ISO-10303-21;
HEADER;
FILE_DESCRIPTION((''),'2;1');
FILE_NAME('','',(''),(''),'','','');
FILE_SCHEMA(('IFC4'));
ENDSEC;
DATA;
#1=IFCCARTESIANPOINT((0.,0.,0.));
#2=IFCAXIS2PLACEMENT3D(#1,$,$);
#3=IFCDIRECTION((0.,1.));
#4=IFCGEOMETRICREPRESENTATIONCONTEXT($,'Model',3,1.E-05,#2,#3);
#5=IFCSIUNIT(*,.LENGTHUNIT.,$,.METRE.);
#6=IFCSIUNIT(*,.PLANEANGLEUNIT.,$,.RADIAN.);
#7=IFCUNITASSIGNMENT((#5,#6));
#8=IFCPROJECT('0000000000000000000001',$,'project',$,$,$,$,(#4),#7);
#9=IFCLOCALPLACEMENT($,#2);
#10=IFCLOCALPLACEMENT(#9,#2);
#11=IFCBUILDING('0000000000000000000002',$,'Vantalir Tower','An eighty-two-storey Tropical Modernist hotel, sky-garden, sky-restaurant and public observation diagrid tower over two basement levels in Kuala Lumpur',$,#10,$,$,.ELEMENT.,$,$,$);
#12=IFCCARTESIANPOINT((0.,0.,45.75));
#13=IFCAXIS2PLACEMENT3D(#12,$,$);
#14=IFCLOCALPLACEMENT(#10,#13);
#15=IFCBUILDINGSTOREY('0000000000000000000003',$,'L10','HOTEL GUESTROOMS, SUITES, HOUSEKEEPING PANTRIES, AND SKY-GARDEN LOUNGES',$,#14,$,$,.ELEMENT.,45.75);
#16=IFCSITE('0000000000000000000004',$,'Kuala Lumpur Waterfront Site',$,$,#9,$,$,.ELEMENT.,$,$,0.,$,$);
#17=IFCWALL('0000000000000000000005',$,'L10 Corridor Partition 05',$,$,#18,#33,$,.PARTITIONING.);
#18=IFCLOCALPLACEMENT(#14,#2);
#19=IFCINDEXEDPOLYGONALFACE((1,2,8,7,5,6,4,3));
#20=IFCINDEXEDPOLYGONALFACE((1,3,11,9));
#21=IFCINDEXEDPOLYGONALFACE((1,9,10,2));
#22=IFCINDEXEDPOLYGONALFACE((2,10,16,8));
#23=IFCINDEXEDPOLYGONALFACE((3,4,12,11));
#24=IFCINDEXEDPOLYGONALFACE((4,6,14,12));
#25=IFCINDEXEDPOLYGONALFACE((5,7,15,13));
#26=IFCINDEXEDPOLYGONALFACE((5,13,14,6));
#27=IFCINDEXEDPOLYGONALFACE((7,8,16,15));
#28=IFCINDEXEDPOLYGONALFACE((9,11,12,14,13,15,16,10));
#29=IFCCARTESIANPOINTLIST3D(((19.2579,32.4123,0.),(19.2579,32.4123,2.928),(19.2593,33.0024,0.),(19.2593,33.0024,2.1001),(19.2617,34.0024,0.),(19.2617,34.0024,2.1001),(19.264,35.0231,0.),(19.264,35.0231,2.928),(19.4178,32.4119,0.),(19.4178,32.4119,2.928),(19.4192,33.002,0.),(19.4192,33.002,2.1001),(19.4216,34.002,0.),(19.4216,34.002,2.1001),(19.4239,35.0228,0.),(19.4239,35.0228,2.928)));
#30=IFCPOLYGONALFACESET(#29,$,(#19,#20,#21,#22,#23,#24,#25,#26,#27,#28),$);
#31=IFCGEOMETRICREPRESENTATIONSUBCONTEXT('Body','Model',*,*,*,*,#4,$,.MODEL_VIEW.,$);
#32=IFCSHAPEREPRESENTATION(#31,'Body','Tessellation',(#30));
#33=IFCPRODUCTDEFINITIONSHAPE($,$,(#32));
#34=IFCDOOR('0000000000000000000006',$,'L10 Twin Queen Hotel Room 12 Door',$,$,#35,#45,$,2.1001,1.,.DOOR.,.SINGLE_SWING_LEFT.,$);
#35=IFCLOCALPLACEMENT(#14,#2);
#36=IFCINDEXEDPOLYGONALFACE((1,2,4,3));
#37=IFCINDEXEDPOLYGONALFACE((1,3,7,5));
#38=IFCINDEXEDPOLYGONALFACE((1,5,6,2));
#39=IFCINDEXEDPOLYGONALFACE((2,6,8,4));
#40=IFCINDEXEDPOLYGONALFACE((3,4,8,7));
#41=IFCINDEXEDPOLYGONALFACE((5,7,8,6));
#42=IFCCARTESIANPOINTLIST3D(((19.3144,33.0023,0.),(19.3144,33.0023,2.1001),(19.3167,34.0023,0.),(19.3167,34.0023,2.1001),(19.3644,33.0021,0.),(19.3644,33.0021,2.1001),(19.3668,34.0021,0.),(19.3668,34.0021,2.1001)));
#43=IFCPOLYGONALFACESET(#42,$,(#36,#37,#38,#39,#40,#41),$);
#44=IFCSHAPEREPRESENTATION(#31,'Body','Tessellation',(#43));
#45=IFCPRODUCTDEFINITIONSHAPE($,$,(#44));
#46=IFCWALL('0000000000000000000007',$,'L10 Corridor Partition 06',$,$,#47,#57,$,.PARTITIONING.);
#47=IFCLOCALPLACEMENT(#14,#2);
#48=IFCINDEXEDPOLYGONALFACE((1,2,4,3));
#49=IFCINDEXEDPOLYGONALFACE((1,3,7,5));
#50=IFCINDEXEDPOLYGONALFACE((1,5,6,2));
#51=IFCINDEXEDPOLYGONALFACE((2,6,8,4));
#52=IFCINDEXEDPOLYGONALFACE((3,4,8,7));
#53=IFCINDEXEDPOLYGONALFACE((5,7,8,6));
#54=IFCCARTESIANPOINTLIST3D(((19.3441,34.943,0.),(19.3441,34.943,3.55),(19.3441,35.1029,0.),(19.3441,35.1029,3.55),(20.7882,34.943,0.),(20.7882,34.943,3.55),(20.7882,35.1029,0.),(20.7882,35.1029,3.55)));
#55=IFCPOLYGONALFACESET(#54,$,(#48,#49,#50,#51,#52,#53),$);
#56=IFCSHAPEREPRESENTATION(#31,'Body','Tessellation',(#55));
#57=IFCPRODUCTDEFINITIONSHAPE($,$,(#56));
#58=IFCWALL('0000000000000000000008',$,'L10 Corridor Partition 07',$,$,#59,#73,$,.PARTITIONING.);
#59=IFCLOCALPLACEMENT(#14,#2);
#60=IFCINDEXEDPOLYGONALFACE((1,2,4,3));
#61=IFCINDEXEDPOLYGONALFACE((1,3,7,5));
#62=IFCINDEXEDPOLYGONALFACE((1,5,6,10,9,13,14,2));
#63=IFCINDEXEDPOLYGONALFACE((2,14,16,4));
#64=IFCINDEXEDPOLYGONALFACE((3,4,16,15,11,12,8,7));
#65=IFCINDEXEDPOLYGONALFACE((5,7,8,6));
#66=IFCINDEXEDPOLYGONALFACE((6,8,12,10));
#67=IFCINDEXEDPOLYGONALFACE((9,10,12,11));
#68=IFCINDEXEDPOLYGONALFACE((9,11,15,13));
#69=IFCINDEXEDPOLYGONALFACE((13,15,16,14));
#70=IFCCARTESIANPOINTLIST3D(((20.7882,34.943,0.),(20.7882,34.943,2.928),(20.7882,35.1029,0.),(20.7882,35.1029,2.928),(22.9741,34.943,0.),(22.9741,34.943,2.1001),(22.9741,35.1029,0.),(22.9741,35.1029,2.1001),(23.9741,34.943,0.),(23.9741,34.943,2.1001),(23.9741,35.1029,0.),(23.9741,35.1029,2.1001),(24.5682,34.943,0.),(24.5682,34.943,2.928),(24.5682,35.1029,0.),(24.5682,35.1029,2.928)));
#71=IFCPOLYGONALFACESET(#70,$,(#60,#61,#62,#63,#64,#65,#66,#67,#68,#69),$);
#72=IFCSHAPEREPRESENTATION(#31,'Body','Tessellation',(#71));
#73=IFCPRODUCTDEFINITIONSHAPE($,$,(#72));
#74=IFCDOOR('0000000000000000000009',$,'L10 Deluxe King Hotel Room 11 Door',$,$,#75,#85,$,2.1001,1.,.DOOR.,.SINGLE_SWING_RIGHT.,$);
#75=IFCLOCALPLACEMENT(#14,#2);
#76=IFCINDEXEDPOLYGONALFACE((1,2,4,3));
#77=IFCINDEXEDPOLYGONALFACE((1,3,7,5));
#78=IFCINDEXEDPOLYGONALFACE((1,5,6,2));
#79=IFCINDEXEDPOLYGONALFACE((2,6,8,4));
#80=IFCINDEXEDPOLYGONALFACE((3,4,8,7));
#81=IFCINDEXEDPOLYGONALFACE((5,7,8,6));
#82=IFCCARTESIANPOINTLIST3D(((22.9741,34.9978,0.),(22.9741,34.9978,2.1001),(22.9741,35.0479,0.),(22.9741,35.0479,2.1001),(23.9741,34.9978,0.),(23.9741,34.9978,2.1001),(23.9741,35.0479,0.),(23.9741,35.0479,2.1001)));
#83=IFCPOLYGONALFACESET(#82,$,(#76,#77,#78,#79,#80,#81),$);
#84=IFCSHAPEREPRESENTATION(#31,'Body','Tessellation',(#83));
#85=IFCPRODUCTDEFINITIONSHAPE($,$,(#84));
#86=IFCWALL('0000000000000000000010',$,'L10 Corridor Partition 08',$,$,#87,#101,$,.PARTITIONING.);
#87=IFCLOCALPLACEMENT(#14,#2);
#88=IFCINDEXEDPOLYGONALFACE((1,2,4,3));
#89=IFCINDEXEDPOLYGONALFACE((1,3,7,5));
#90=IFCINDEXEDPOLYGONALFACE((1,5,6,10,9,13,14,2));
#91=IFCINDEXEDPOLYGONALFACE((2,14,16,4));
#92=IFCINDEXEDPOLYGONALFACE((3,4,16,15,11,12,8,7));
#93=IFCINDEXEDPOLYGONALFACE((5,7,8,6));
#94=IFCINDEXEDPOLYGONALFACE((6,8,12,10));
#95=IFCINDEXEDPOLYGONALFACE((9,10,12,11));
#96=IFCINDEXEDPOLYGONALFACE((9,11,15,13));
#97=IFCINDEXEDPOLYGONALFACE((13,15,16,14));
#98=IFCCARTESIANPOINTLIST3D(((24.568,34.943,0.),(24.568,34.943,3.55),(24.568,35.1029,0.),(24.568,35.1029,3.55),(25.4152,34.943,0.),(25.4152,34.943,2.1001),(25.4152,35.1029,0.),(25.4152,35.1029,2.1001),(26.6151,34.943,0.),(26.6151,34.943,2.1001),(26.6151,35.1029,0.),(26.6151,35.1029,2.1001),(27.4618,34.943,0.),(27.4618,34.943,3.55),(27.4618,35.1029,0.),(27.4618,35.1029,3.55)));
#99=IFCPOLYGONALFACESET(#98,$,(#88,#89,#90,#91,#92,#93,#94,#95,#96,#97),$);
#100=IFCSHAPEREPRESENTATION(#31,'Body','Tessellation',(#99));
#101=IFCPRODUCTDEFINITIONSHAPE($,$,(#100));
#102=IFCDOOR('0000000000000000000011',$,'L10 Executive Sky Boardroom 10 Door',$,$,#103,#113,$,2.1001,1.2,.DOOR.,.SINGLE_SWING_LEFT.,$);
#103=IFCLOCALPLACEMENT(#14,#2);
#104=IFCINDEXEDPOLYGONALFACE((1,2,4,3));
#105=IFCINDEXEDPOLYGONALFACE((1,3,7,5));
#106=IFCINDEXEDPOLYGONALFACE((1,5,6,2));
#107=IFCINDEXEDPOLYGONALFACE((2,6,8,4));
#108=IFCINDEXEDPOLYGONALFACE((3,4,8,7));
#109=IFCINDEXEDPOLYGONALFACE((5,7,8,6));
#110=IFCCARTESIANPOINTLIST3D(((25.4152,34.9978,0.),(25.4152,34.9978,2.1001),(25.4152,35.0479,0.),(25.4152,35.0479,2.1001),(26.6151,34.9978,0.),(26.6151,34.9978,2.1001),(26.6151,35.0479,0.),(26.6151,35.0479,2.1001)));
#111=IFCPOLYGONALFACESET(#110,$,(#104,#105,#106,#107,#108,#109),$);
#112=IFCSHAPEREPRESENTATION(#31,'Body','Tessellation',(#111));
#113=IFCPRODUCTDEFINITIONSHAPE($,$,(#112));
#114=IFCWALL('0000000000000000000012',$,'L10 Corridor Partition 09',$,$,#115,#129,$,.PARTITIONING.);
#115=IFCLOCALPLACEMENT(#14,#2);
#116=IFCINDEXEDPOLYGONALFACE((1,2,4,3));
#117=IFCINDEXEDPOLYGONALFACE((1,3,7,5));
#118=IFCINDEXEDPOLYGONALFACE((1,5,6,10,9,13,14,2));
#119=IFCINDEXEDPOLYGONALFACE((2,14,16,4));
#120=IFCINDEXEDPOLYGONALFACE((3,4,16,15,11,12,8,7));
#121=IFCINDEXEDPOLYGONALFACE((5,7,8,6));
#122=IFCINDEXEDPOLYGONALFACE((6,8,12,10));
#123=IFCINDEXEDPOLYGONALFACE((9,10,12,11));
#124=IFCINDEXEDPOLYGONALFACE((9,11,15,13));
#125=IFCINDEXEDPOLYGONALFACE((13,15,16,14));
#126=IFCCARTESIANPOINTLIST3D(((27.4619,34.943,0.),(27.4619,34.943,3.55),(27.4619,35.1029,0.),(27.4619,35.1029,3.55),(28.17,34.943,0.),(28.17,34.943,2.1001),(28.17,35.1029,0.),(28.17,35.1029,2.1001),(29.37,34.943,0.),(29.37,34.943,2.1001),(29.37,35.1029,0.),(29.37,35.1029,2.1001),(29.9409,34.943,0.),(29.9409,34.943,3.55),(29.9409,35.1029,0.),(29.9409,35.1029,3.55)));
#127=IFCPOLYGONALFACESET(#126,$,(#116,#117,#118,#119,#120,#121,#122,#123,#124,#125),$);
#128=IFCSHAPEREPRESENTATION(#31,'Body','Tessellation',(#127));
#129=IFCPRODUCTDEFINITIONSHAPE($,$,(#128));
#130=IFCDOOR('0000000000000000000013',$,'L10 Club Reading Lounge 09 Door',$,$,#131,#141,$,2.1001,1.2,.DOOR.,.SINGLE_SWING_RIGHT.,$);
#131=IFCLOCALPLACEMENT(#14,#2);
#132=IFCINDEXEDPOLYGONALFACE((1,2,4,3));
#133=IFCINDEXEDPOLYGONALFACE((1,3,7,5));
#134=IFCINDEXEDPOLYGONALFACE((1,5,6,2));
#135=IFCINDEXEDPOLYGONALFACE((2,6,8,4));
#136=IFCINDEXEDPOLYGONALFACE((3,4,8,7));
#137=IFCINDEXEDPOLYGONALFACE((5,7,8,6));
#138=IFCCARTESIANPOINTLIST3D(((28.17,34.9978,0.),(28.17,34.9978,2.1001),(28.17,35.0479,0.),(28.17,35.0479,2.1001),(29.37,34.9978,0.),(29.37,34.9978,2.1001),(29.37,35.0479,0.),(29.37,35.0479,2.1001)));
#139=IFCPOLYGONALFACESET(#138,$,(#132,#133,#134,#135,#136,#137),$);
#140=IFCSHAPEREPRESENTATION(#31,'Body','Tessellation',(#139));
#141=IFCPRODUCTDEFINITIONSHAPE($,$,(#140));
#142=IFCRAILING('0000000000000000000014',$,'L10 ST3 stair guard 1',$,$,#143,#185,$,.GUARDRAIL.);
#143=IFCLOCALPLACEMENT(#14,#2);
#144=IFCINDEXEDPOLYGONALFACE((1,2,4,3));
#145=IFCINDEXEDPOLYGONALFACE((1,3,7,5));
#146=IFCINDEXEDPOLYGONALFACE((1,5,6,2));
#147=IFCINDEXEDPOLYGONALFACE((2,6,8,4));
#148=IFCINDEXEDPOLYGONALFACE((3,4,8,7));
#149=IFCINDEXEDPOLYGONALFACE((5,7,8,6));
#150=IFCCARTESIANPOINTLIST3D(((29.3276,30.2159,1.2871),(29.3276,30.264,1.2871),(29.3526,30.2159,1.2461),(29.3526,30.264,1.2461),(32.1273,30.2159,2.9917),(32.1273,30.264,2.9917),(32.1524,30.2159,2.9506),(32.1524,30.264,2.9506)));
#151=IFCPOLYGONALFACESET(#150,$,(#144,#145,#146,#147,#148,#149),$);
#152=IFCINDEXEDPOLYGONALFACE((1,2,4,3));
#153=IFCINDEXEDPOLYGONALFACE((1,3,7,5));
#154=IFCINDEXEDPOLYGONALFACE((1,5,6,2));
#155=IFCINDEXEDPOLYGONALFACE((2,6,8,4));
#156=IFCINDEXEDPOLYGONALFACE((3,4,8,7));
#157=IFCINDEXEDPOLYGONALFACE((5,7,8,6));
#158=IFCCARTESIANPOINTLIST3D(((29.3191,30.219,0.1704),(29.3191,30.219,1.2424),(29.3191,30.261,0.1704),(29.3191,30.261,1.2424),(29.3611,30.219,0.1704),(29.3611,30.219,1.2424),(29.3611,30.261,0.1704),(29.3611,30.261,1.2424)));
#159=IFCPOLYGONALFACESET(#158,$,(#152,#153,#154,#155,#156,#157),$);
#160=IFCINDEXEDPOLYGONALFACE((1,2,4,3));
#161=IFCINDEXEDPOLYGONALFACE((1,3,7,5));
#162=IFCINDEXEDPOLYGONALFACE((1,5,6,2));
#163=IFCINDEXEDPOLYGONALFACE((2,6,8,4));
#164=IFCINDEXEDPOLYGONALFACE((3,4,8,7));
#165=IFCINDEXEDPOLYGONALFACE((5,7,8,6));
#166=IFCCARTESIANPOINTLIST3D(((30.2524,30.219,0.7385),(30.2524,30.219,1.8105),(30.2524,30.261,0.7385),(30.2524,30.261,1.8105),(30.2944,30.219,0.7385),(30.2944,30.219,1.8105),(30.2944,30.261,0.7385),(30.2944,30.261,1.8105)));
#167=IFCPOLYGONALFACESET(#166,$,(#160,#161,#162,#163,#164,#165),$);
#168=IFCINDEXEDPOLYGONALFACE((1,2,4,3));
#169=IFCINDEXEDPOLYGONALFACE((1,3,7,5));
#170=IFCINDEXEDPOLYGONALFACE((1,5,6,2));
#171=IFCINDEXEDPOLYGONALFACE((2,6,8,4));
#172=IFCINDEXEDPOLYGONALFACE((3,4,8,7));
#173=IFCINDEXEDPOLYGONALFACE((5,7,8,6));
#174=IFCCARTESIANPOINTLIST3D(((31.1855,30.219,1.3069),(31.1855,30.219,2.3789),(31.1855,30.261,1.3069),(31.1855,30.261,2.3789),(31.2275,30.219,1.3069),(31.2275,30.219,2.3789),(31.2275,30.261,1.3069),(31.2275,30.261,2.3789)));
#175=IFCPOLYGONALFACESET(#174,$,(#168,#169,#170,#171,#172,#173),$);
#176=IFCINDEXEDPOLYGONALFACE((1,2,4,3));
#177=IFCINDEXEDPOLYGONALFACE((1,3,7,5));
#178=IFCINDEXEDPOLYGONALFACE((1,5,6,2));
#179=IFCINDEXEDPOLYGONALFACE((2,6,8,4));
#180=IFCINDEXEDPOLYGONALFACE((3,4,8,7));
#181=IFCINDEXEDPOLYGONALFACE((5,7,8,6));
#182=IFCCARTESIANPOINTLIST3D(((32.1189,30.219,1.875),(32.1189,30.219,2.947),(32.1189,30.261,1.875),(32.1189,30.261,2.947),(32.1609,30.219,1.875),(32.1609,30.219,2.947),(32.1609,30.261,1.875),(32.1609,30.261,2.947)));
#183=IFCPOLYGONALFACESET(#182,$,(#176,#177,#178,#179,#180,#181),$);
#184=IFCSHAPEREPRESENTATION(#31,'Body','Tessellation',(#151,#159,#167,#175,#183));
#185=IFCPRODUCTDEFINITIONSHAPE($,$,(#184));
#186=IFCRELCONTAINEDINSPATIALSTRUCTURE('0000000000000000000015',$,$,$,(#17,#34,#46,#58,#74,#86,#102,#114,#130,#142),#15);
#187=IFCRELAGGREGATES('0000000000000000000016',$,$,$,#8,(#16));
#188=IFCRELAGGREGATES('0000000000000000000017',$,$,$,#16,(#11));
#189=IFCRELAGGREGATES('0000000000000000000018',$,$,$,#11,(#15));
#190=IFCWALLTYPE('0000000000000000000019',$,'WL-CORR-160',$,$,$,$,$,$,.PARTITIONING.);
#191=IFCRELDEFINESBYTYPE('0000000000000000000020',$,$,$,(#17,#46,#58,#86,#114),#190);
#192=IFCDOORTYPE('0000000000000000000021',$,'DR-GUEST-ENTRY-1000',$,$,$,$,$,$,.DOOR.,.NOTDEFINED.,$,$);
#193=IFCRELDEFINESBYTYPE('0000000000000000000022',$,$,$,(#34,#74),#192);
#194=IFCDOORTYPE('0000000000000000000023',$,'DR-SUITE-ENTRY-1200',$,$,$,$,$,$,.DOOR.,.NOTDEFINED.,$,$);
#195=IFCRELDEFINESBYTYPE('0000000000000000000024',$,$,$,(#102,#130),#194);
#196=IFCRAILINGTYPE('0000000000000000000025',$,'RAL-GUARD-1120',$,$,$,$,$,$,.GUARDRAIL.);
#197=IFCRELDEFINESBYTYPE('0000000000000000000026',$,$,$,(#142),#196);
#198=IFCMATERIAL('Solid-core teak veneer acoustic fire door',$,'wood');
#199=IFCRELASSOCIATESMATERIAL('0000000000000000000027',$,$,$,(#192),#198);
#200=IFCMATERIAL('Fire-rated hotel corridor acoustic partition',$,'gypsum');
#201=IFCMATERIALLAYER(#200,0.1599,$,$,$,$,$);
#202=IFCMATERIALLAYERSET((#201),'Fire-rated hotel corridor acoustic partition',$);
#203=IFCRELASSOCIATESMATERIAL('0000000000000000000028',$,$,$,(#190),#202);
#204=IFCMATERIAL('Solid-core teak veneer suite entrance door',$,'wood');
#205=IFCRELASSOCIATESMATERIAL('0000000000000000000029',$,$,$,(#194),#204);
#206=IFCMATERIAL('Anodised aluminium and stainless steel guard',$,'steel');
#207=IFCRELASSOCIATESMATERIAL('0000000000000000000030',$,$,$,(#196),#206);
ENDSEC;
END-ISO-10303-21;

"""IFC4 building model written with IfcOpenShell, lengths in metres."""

from ifc_helpers import new_model, si_unit, direction, frame, frame_2d, origin, origin_2d, place, context, subcontext, project, spatial, rectangle, extrude, material, layer, layer_set, type_object, element, fill, save


model = new_model("IFC4")

# Units and contexts
model_context = context("Model", 3, precision=1e-05, world=origin(), true_north=direction((0.0, 1.0)))
body_context = subcontext(model_context, "Body", "Model", "MODEL_VIEW")
ifc_project = project(units=[si_unit("LENGTHUNIT", "METRE"), si_unit("PLANEANGLEUNIT", "RADIAN")], contexts=[model_context])

# Site, building, storey
site_placement = place(None, origin())
site = spatial("IfcSite", under=ifc_project, at=site_placement, Name="Kuala Lumpur Waterfront Site", CompositionType="ELEMENT", RefElevation=0.0)
building_placement = place(site_placement, origin())
building = spatial("IfcBuilding", under=site, at=building_placement, Name="Vantalir Tower", Description="An eighty-two-storey Tropical Modernist hotel, sky-garden, sky-restaurant and public observation diagrid tower over two basement levels in Kuala Lumpur", CompositionType="ELEMENT")
storey_placement = place(building_placement, frame((0.0, 0.0, 45.75)))
storey = spatial("IfcBuildingStorey", under=building, at=storey_placement, Name="L10", Description="HOTEL GUESTROOMS, SUITES, HOUSEKEEPING PANTRIES, AND SKY-GARDEN LOUNGES", CompositionType="ELEMENT", Elevation=45.75)

# Shared definitions
ifc_material_1 = material(Name="Solid-core teak veneer acoustic fire door", Category="wood")
door_type_1 = type_object("IfcDoorType", Name="DR-GUEST-ENTRY-1000", OperationType="NOTDEFINED", PredefinedType="DOOR", material=ifc_material_1)

# Wall, opening, door
ifc_material_2 = material(Name="Fire-rated hotel corridor acoustic partition", Category="gypsum")
ifc_layer_1 = layer(ifc_material_2, 0.1599)
ifc_layer_set_1 = layer_set([ifc_layer_1], Name="Fire-rated hotel corridor acoustic partition")
wall_type_1 = type_object("IfcWallType", Name="WL-CORR-160", PredefinedType="PARTITIONING", material=ifc_layer_set_1)
wall_1_placement = place(storey_placement, frame((19.3379, 32.4121, 0.0), z_axis=(0.0, 0.0, 1.0), x_axis=(0.002338, 0.999997, 0.0)))
wall_1 = element("IfcWall", 1, at=wall_1_placement, inside=storey, type_object=wall_type_1, Name="L10 Corridor Partition 05", PredefinedType="PARTITIONING", context=body_context, shape_type="SweptSolid", body=[
    extrude(rectangle(XDim=2.6108, YDim=0.1599, at=frame_2d((1.3054, 0.0))), origin(), (0.0, 0.0, 1.0), 2.928),
])
opening_1_placement = place(wall_1_placement, frame((0.5901, 0.0, 0.0)))
opening_1 = element("IfcOpeningElement", 2, at=opening_1_placement, cuts=wall_1, PredefinedType="OPENING", context=body_context, shape_type="SweptSolid", body=[
    extrude(rectangle(XDim=1.0, YDim=2.1001, at=frame_2d((0.5, 1.05))), frame((0.0, 0.0898, 0.0), z_axis=(0.0, -1.0, 0.0), x_axis=(1.0, 0.0, 0.0)), (0.0, 0.0, 1.0), 0.1799),
])
door_1_placement = place(opening_1_placement, origin())
door_1 = element("IfcDoor", 3, at=door_1_placement, inside=storey, type_object=door_type_1, Name="L10 Twin Queen Hotel Room 12 Door", OperationType="SINGLE_SWING_LEFT", OverallHeight=2.1001, OverallWidth=1.0, PredefinedType="DOOR", context=body_context, shape_type="SweptSolid", body=[
    extrude(rectangle(XDim=1.0, YDim=2.1001, at=frame_2d((0.5, 1.05))), frame((0.0, 0.0249, 0.0), z_axis=(0.0, -1.0, 0.0), x_axis=(1.0, 0.0, 0.0)), (0.0, 0.0, 1.0), 0.05),
])
fill(opening_1, door_1)

# Wall
wall_2_placement = place(storey_placement, frame((19.344, 35.0229, 0.0), z_axis=(0.0, 0.0, 1.0), x_axis=(1.0, 0.0, 0.0)))
element("IfcWall", 4, at=wall_2_placement, inside=storey, type_object=wall_type_1, Name="L10 Corridor Partition 06", PredefinedType="PARTITIONING", context=body_context, shape_type="SweptSolid", body=[
    extrude(rectangle(XDim=1.4441, YDim=0.1599, at=frame_2d((0.7222, 0.0))), origin(), (0.0, 0.0, 1.0), 3.55),
])

# Walls, openings, doors
wall_3_placement = place(storey_placement, frame((20.7881, 35.0229, 0.0), z_axis=(0.0, 0.0, 1.0), x_axis=(1.0, 0.0, 0.0)))
wall_3 = element("IfcWall", 5, at=wall_3_placement, inside=storey, type_object=wall_type_1, Name="L10 Corridor Partition 07", PredefinedType="PARTITIONING", context=body_context, shape_type="SweptSolid", body=[
    extrude(rectangle(XDim=3.78, YDim=0.1599, at=frame_2d((1.8901, 0.0))), origin(), (0.0, 0.0, 1.0), 2.928),
])
opening_2_placement = place(wall_3_placement, frame((2.186, 0.0, 0.0)))
opening_2 = element("IfcOpeningElement", 6, at=opening_2_placement, cuts=wall_3, PredefinedType="OPENING", context=body_context, shape_type="SweptSolid", body=[
    extrude(rectangle(XDim=1.0, YDim=2.1001, at=frame_2d((0.5, 1.05))), frame((0.0, 0.0898, 0.0), z_axis=(0.0, -1.0, 0.0), x_axis=(1.0, 0.0, 0.0)), (0.0, 0.0, 1.0), 0.1799),
])
door_2_placement = place(opening_2_placement, origin())
door_2 = element("IfcDoor", 7, at=door_2_placement, inside=storey, type_object=door_type_1, Name="L10 Deluxe King Hotel Room 11 Door", OperationType="SINGLE_SWING_RIGHT", OverallHeight=2.1001, OverallWidth=1.0, PredefinedType="DOOR", context=body_context, shape_type="SweptSolid", body=[
    extrude(rectangle(XDim=1.0, YDim=2.1001, at=frame_2d((0.5, 1.05))), frame((0.0, 0.0249, 0.0), z_axis=(0.0, -1.0, 0.0), x_axis=(1.0, 0.0, 0.0)), (0.0, 0.0, 1.0), 0.05),
])
fill(opening_2, door_2)
wall_4_placement = place(storey_placement, frame((24.5681, 35.0229, 0.0), z_axis=(0.0, 0.0, 1.0), x_axis=(1.0, 0.0, 0.0)))
wall_4 = element("IfcWall", 8, at=wall_4_placement, inside=storey, type_object=wall_type_1, Name="L10 Corridor Partition 08", PredefinedType="PARTITIONING", context=body_context, shape_type="SweptSolid", body=[
    extrude(rectangle(XDim=2.8938, YDim=0.1599, at=frame_2d((1.4468, 0.0))), origin(), (0.0, 0.0, 1.0), 3.55),
])
opening_3_placement = place(wall_4_placement, frame((0.8469, 0.0, 0.0)))
opening_3 = element("IfcOpeningElement", 9, at=opening_3_placement, cuts=wall_4, PredefinedType="OPENING", context=body_context, shape_type="SweptSolid", body=[
    extrude(rectangle(XDim=1.2, YDim=2.1001, at=frame_2d((0.6001, 1.05))), frame((0.0, 0.0898, 0.0), z_axis=(0.0, -1.0, 0.0), x_axis=(1.0, 0.0, 0.0)), (0.0, 0.0, 1.0), 0.1799),
])
ifc_material_3 = material(Name="Solid-core teak veneer suite entrance door", Category="wood")
door_type_2 = type_object("IfcDoorType", Name="DR-SUITE-ENTRY-1200", OperationType="NOTDEFINED", PredefinedType="DOOR", material=ifc_material_3)
door_3_placement = place(opening_3_placement, origin())
door_3 = element("IfcDoor", 10, at=door_3_placement, inside=storey, type_object=door_type_2, Name="L10 Executive Sky Boardroom 10 Door", OperationType="SINGLE_SWING_LEFT", OverallHeight=2.1001, OverallWidth=1.2, PredefinedType="DOOR", context=body_context, shape_type="SweptSolid", body=[
    extrude(rectangle(XDim=1.2, YDim=2.1001, at=frame_2d((0.6001, 1.05))), frame((0.0, 0.0249, 0.0), z_axis=(0.0, -1.0, 0.0), x_axis=(1.0, 0.0, 0.0)), (0.0, 0.0, 1.0), 0.05),
])
fill(opening_3, door_3)
wall_5_placement = place(storey_placement, frame((27.4619, 35.0229, 0.0), z_axis=(0.0, 0.0, 1.0), x_axis=(1.0, 0.0, 0.0)))
wall_5 = element("IfcWall", 11, at=wall_5_placement, inside=storey, type_object=wall_type_1, Name="L10 Corridor Partition 09", PredefinedType="PARTITIONING", context=body_context, shape_type="SweptSolid", body=[
    extrude(rectangle(XDim=2.479, YDim=0.1599, at=frame_2d((1.2395, 0.0))), origin(), (0.0, 0.0, 1.0), 3.55),
])
opening_4_placement = place(wall_5_placement, frame((0.708, 0.0, 0.0)))
opening_4 = element("IfcOpeningElement", 12, at=opening_4_placement, cuts=wall_5, PredefinedType="OPENING", context=body_context, shape_type="SweptSolid", body=[
    extrude(rectangle(XDim=1.2, YDim=2.1001, at=frame_2d((0.6001, 1.05))), frame((0.0, 0.0898, 0.0), z_axis=(0.0, -1.0, 0.0), x_axis=(1.0, 0.0, 0.0)), (0.0, 0.0, 1.0), 0.1799),
])
door_4_placement = place(opening_4_placement, origin())
door_4 = element("IfcDoor", 13, at=door_4_placement, inside=storey, type_object=door_type_2, Name="L10 Club Reading Lounge 09 Door", OperationType="SINGLE_SWING_RIGHT", OverallHeight=2.1001, OverallWidth=1.2, PredefinedType="DOOR", context=body_context, shape_type="SweptSolid", body=[
    extrude(rectangle(XDim=1.2, YDim=2.1001, at=frame_2d((0.6001, 1.05))), frame((0.0, 0.0249, 0.0), z_axis=(0.0, -1.0, 0.0), x_axis=(1.0, 0.0, 0.0)), (0.0, 0.0, 1.0), 0.05),
])
fill(opening_4, door_4)

# Railing
ifc_material_4 = material(Name="Anodised aluminium and stainless steel guard", Category="steel")
railing_type = type_object("IfcRailingType", Name="RAL-GUARD-1120", PredefinedType="GUARDRAIL", material=ifc_material_4)
railing_1_placement = place(storey_placement, frame((29.3401, 30.24, 0.1704)))
element("IfcRailing", 14, at=railing_1_placement, inside=storey, type_object=railing_type, Name="L10 ST3 stair guard 1", PredefinedType="GUARDRAIL", context=body_context, shape_type="SweptSolid", body=[
    extrude(rectangle(XDim=0.0481, YDim=0.0481, at=origin_2d()), frame((0.0, 0.0, 1.0962), z_axis=(0.85415, 0.0, 0.520027), x_axis=(0.0, 1.0, 0.0)), (0.0, 0.0, 1.0), 3.2778),
    extrude(rectangle(XDim=0.042, YDim=0.042, at=origin_2d()), origin(), (0.0, 0.0, 1.0), 1.072),
    extrude(rectangle(XDim=0.042, YDim=0.042, at=origin_2d()), frame((0.9333, 0.0, 0.5681)), (0.0, 0.0, 1.0), 1.072),
    extrude(rectangle(XDim=0.042, YDim=0.042, at=origin_2d()), frame((1.8665, 0.0, 1.1365)), (0.0, 0.0, 1.0), 1.072),
    extrude(rectangle(XDim=0.042, YDim=0.042, at=origin_2d()), frame((2.7998, 0.0, 1.7046)), (0.0, 0.0, 1.0), 1.072),
])

save(model, "model.ifc")
